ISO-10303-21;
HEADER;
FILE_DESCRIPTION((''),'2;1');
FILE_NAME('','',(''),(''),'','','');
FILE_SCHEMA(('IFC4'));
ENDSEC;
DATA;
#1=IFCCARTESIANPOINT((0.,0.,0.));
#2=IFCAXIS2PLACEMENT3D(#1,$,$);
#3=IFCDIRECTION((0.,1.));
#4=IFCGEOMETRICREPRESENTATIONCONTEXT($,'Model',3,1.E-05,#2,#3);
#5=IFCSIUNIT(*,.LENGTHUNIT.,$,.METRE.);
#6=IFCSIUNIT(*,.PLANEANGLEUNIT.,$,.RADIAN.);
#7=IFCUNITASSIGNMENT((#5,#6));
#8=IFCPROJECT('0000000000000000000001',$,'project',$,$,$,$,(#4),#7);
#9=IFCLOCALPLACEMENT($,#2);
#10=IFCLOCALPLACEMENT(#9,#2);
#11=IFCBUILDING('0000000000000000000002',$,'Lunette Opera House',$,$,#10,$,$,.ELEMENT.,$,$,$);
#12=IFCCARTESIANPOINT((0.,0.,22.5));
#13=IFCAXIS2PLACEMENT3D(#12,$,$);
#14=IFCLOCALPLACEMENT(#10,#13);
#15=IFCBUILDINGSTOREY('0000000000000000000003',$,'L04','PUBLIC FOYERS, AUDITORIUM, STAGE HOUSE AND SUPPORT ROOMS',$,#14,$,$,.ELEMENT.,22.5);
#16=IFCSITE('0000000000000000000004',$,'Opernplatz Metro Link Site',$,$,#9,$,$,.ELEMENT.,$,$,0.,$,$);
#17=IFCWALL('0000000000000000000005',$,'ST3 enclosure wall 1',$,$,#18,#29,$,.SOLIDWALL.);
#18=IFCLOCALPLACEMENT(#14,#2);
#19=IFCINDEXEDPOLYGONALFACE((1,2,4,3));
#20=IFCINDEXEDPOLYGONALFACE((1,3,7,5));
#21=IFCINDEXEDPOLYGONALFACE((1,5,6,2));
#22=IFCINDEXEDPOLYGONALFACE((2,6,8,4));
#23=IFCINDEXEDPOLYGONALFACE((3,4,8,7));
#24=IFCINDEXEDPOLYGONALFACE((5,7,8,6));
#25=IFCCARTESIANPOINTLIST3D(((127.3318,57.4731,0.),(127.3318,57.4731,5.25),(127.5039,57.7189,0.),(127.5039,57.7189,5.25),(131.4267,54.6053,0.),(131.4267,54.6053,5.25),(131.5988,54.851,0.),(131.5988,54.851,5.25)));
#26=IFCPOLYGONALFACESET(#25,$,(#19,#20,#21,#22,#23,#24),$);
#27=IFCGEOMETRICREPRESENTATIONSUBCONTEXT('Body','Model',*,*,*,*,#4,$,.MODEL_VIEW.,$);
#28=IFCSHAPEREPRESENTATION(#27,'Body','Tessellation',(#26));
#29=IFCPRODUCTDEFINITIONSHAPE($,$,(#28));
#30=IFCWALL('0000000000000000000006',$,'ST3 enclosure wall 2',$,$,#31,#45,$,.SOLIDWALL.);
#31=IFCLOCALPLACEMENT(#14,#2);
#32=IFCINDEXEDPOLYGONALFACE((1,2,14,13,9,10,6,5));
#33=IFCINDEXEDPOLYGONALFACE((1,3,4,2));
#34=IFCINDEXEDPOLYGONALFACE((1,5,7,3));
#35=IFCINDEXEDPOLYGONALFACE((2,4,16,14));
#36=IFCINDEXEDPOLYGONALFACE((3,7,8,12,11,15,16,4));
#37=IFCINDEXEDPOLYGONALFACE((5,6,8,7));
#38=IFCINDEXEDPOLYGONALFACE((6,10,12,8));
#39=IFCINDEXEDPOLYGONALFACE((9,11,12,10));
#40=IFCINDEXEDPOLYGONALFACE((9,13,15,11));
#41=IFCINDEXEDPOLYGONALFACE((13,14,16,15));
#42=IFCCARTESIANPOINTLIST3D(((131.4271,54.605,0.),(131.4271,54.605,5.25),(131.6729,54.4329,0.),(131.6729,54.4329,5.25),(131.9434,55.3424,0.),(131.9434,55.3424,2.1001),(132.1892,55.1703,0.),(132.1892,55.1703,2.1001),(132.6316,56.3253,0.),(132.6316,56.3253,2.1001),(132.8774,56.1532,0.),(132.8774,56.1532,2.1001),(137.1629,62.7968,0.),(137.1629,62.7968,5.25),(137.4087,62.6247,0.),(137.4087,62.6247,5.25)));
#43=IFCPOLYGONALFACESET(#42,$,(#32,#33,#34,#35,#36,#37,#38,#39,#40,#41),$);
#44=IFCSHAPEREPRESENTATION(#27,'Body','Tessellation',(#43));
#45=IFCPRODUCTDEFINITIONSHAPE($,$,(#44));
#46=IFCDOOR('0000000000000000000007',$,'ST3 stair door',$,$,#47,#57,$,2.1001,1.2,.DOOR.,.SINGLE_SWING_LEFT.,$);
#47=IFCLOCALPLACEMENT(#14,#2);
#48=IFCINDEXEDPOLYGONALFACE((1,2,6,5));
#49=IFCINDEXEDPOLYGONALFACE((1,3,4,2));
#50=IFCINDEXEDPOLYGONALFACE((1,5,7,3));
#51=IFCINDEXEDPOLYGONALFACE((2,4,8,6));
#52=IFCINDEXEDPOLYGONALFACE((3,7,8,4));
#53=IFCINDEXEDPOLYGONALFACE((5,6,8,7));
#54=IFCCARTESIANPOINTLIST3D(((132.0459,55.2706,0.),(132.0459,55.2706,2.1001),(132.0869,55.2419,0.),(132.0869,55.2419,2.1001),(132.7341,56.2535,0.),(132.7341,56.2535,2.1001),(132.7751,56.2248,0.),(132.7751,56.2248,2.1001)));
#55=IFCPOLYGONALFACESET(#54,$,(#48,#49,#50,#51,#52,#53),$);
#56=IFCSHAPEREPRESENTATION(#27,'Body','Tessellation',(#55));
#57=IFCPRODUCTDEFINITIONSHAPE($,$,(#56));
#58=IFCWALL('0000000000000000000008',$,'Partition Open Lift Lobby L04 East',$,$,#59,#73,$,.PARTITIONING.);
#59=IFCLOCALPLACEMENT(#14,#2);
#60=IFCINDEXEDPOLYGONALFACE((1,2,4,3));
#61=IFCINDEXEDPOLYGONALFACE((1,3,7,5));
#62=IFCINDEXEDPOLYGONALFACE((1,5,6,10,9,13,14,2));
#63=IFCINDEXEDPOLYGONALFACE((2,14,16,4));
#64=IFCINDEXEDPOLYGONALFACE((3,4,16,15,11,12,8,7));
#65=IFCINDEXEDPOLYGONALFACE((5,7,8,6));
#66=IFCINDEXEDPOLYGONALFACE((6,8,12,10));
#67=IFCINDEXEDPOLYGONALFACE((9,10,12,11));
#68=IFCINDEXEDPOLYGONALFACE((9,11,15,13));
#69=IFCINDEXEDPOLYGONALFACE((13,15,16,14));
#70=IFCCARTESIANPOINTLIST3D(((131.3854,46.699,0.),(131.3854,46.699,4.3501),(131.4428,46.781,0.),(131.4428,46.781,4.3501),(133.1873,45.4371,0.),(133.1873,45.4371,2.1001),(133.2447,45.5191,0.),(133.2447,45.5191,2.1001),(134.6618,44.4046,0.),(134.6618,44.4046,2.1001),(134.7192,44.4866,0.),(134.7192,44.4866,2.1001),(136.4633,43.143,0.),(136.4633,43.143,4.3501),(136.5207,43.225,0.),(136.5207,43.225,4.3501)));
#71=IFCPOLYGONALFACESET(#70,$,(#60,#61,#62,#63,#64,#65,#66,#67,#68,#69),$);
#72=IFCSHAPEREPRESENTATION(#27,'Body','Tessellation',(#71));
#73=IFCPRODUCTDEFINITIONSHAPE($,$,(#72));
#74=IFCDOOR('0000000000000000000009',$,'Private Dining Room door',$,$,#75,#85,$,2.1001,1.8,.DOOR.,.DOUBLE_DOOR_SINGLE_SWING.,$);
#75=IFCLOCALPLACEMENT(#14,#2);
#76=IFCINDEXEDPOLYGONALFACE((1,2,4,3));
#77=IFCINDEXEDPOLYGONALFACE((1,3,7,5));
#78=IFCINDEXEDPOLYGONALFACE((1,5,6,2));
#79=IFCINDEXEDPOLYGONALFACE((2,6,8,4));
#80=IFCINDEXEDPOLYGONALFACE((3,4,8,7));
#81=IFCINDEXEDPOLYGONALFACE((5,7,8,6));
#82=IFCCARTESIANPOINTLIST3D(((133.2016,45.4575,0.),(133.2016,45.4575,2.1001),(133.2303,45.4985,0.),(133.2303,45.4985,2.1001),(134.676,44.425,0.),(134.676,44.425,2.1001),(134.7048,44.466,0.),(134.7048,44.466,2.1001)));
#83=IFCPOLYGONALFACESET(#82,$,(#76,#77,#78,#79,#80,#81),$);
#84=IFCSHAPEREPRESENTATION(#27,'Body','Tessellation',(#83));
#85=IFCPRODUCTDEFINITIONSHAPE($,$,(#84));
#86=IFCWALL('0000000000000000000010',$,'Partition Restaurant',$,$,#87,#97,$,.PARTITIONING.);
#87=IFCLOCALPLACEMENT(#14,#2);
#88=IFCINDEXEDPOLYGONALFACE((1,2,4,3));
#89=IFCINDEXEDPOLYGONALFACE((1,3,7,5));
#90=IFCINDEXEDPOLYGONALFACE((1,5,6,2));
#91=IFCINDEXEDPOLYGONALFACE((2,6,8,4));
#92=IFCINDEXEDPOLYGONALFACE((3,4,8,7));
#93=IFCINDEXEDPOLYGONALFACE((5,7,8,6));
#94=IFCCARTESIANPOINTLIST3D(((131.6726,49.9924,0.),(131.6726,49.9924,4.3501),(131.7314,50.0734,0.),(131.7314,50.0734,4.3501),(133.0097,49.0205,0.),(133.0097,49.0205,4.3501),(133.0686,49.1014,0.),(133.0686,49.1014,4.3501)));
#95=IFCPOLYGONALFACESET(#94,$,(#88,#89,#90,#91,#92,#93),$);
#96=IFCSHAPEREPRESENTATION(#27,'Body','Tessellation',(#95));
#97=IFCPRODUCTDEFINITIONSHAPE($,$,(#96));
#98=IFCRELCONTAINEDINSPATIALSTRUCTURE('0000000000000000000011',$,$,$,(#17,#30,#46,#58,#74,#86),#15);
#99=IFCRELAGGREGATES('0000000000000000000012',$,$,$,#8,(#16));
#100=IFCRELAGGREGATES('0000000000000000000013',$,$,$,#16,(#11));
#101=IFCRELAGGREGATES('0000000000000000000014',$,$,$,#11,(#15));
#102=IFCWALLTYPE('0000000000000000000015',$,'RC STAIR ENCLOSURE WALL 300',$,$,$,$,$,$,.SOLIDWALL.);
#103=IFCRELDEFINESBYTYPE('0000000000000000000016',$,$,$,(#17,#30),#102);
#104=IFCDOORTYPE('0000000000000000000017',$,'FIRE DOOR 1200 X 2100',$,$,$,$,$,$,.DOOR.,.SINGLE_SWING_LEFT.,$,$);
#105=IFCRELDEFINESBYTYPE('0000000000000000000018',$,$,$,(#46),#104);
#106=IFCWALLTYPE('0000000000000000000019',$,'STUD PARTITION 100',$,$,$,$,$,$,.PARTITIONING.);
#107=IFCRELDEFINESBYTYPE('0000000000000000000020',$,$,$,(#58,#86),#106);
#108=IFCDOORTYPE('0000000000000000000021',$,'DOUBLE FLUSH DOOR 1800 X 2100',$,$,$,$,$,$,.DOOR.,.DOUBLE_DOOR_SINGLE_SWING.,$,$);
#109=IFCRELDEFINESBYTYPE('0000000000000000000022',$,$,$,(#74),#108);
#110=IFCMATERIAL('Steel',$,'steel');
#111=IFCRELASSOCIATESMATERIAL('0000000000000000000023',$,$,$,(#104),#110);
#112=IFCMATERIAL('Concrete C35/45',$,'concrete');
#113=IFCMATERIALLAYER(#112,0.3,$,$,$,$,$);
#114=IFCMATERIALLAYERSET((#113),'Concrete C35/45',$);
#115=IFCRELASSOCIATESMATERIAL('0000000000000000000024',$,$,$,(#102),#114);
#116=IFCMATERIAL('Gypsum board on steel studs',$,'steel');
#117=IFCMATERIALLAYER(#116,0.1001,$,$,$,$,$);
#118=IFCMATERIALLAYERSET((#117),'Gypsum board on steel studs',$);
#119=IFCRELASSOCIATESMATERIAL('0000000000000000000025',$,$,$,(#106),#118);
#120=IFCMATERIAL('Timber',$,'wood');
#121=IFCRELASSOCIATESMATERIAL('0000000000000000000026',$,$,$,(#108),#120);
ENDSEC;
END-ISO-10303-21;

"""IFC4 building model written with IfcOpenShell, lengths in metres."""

from ifc_helpers import new_model, si_unit, direction, frame, frame_2d, origin, place, context, subcontext, project, spatial, rectangle, extrude, material, layer, layer_set, type_object, element, fill, save


model = new_model("IFC4")

# Units and contexts
model_context = context("Model", 3, precision=1e-05, world=origin(), true_north=direction((0.0, 1.0)))
body_context = subcontext(model_context, "Body", "Model", "MODEL_VIEW")
ifc_project = project(units=[si_unit("LENGTHUNIT", "METRE"), si_unit("PLANEANGLEUNIT", "RADIAN")], contexts=[model_context])

# Site, building, storey
site_placement = place(None, origin())
site = spatial("IfcSite", under=ifc_project, at=site_placement, Name="Opernplatz Metro Link Site", CompositionType="ELEMENT", RefElevation=0.0)
building_placement = place(site_placement, origin())
building = spatial("IfcBuilding", under=site, at=building_placement, Name="Lunette Opera House", CompositionType="ELEMENT")
storey_placement = place(building_placement, frame((0.0, 0.0, 22.5)))
storey = spatial("IfcBuildingStorey", under=building, at=storey_placement, Name="L04", Description="PUBLIC FOYERS, AUDITORIUM, STAGE HOUSE AND SUPPORT ROOMS", CompositionType="ELEMENT", Elevation=22.5)

# Shared definitions
ifc_material_1 = material(Name="Steel", Category="steel")
door_type_1 = type_object("IfcDoorType", Name="FIRE DOOR 1200 X 2100", OperationType="SINGLE_SWING_LEFT", PredefinedType="DOOR", material=ifc_material_1)

# Wall
ifc_material_2 = material(Name="Concrete C35/45", Category="concrete")
ifc_layer_1 = layer(ifc_material_2, 0.3)
ifc_layer_set_1 = layer_set([ifc_layer_1], Name="Concrete C35/45")
wall_type_1 = type_object("IfcWallType", Name="RC STAIR ENCLOSURE WALL 300", PredefinedType="SOLIDWALL", material=ifc_layer_set_1)
wall_1_placement = place(storey_placement, frame((127.418, 57.5959, 0.0), z_axis=(0.0, 0.0, 1.0), x_axis=(0.819097, -0.573656, 0.0)))
element("IfcWall", 1, at=wall_1_placement, inside=storey, type_object=wall_type_1, Name="ST3 enclosure wall 1", PredefinedType="SOLIDWALL", context=body_context, shape_type="SweptSolid", body=[
    extrude(rectangle(XDim=4.9993, YDim=0.3, at=frame_2d((2.4995, 0.0))), origin(), (0.0, 0.0, 1.0), 5.25),
])

# Walls, openings, doors
wall_2_placement = place(storey_placement, frame((131.55, 54.519, 0.0), z_axis=(0.0, 0.0, 1.0), x_axis=(0.573564, 0.819161, 0.0)))
wall_2 = element("IfcWall", 2, at=wall_2_placement, inside=storey, type_object=wall_type_1, Name="ST3 enclosure wall 2", PredefinedType="SOLIDWALL", context=body_context, shape_type="SweptSolid", body=[
    extrude(rectangle(XDim=10.0002, YDim=0.3, at=frame_2d((5.0, 0.0))), origin(), (0.0, 0.0, 1.0), 5.25),
])
opening_1_placement = place(wall_2_placement, frame((0.8999, 0.0, 0.0)))
opening_1 = element("IfcOpeningElement", 3, at=opening_1_placement, cuts=wall_2, PredefinedType="OPENING", context=body_context, shape_type="SweptSolid", body=[
    extrude(rectangle(XDim=1.2, YDim=2.1001, at=frame_2d((0.6001, 1.05))), frame((0.0, 0.1621, 0.0), z_axis=(0.0, -1.0, 0.0), x_axis=(1.0, 0.0, 0.0)), (0.0, 0.0, 1.0), 0.324),
])
door_1_placement = place(opening_1_placement, origin())
door_1 = element("IfcDoor", 4, at=door_1_placement, inside=storey, type_object=door_type_1, Name="ST3 stair door", OperationType="SINGLE_SWING_LEFT", OverallHeight=2.1001, OverallWidth=1.2, PredefinedType="DOOR", context=body_context, shape_type="SweptSolid", body=[
    extrude(rectangle(XDim=1.2, YDim=2.1001, at=frame_2d((0.6001, 1.05))), frame((0.0, 0.0249, 0.0), z_axis=(0.0, -1.0, 0.0), x_axis=(1.0, 0.0, 0.0)), (0.0, 0.0, 1.0), 0.05),
])
fill(opening_1, door_1)
ifc_material_3 = material(Name="Gypsum board on steel studs", Category="steel")
ifc_layer_2 = layer(ifc_material_3, 0.1001)
ifc_layer_set_2 = layer_set([ifc_layer_2], Name="Gypsum board on steel studs")
wall_type_2 = type_object("IfcWallType", Name="STUD PARTITION 100", PredefinedType="PARTITIONING", material=ifc_layer_set_2)
wall_3_placement = place(storey_placement, frame((131.4141, 46.74, 0.0), z_axis=(0.0, 0.0, 1.0), x_axis=(0.819126, -0.573613, 0.0)))
wall_3 = element("IfcWall", 5, at=wall_3_placement, inside=storey, type_object=wall_type_2, Name="Partition Open Lift Lobby L04 East", PredefinedType="PARTITIONING", context=body_context, shape_type="SweptSolid", body=[
    extrude(rectangle(XDim=6.1992, YDim=0.1001, at=frame_2d((3.0996, 0.0))), origin(), (0.0, 0.0, 1.0), 4.3501),
])
opening_2_placement = place(wall_3_placement, frame((2.2, 0.0, 0.0)))
opening_2 = element("IfcOpeningElement", 6, at=opening_2_placement, cuts=wall_3, PredefinedType="OPENING", context=body_context, shape_type="SweptSolid", body=[
    extrude(rectangle(XDim=1.8, YDim=2.1001, at=frame_2d((0.8999, 1.05))), frame((0.0, 0.062, 0.0), z_axis=(0.0, -1.0, 0.0), x_axis=(1.0, 0.0, 0.0)), (0.0, 0.0, 1.0), 0.124),
])
ifc_material_4 = material(Name="Timber", Category="wood")
door_type_2 = type_object("IfcDoorType", Name="DOUBLE FLUSH DOOR 1800 X 2100", OperationType="DOUBLE_DOOR_SINGLE_SWING", PredefinedType="DOOR", material=ifc_material_4)
door_2_placement = place(opening_2_placement, origin())
door_2 = element("IfcDoor", 7, at=door_2_placement, inside=storey, type_object=door_type_2, Name="Private Dining Room door", OperationType="DOUBLE_DOOR_SINGLE_SWING", OverallHeight=2.1001, OverallWidth=1.8, PredefinedType="DOOR", context=body_context, shape_type="SweptSolid", body=[
    extrude(rectangle(XDim=1.8, YDim=2.1001, at=frame_2d((0.8999, 1.05))), frame((0.0, 0.0249, 0.0), z_axis=(0.0, -1.0, 0.0), x_axis=(1.0, 0.0, 0.0)), (0.0, 0.0, 1.0), 0.05),
])
fill(opening_2, door_2)

# Wall
wall_4_placement = place(storey_placement, frame((131.7019, 50.033, 0.0), z_axis=(0.0, 0.0, 1.0), x_axis=(0.808896, -0.587952, 0.0)))
element("IfcWall", 8, at=wall_4_placement, inside=storey, type_object=wall_type_2, Name="Partition Restaurant", PredefinedType="PARTITIONING", context=body_context, shape_type="SweptSolid", body=[
    extrude(rectangle(XDim=1.6531, YDim=0.1001, at=frame_2d((0.8267, 0.0))), origin(), (0.0, 0.0, 1.0), 4.3501),
])

save(model, "model.ifc")
